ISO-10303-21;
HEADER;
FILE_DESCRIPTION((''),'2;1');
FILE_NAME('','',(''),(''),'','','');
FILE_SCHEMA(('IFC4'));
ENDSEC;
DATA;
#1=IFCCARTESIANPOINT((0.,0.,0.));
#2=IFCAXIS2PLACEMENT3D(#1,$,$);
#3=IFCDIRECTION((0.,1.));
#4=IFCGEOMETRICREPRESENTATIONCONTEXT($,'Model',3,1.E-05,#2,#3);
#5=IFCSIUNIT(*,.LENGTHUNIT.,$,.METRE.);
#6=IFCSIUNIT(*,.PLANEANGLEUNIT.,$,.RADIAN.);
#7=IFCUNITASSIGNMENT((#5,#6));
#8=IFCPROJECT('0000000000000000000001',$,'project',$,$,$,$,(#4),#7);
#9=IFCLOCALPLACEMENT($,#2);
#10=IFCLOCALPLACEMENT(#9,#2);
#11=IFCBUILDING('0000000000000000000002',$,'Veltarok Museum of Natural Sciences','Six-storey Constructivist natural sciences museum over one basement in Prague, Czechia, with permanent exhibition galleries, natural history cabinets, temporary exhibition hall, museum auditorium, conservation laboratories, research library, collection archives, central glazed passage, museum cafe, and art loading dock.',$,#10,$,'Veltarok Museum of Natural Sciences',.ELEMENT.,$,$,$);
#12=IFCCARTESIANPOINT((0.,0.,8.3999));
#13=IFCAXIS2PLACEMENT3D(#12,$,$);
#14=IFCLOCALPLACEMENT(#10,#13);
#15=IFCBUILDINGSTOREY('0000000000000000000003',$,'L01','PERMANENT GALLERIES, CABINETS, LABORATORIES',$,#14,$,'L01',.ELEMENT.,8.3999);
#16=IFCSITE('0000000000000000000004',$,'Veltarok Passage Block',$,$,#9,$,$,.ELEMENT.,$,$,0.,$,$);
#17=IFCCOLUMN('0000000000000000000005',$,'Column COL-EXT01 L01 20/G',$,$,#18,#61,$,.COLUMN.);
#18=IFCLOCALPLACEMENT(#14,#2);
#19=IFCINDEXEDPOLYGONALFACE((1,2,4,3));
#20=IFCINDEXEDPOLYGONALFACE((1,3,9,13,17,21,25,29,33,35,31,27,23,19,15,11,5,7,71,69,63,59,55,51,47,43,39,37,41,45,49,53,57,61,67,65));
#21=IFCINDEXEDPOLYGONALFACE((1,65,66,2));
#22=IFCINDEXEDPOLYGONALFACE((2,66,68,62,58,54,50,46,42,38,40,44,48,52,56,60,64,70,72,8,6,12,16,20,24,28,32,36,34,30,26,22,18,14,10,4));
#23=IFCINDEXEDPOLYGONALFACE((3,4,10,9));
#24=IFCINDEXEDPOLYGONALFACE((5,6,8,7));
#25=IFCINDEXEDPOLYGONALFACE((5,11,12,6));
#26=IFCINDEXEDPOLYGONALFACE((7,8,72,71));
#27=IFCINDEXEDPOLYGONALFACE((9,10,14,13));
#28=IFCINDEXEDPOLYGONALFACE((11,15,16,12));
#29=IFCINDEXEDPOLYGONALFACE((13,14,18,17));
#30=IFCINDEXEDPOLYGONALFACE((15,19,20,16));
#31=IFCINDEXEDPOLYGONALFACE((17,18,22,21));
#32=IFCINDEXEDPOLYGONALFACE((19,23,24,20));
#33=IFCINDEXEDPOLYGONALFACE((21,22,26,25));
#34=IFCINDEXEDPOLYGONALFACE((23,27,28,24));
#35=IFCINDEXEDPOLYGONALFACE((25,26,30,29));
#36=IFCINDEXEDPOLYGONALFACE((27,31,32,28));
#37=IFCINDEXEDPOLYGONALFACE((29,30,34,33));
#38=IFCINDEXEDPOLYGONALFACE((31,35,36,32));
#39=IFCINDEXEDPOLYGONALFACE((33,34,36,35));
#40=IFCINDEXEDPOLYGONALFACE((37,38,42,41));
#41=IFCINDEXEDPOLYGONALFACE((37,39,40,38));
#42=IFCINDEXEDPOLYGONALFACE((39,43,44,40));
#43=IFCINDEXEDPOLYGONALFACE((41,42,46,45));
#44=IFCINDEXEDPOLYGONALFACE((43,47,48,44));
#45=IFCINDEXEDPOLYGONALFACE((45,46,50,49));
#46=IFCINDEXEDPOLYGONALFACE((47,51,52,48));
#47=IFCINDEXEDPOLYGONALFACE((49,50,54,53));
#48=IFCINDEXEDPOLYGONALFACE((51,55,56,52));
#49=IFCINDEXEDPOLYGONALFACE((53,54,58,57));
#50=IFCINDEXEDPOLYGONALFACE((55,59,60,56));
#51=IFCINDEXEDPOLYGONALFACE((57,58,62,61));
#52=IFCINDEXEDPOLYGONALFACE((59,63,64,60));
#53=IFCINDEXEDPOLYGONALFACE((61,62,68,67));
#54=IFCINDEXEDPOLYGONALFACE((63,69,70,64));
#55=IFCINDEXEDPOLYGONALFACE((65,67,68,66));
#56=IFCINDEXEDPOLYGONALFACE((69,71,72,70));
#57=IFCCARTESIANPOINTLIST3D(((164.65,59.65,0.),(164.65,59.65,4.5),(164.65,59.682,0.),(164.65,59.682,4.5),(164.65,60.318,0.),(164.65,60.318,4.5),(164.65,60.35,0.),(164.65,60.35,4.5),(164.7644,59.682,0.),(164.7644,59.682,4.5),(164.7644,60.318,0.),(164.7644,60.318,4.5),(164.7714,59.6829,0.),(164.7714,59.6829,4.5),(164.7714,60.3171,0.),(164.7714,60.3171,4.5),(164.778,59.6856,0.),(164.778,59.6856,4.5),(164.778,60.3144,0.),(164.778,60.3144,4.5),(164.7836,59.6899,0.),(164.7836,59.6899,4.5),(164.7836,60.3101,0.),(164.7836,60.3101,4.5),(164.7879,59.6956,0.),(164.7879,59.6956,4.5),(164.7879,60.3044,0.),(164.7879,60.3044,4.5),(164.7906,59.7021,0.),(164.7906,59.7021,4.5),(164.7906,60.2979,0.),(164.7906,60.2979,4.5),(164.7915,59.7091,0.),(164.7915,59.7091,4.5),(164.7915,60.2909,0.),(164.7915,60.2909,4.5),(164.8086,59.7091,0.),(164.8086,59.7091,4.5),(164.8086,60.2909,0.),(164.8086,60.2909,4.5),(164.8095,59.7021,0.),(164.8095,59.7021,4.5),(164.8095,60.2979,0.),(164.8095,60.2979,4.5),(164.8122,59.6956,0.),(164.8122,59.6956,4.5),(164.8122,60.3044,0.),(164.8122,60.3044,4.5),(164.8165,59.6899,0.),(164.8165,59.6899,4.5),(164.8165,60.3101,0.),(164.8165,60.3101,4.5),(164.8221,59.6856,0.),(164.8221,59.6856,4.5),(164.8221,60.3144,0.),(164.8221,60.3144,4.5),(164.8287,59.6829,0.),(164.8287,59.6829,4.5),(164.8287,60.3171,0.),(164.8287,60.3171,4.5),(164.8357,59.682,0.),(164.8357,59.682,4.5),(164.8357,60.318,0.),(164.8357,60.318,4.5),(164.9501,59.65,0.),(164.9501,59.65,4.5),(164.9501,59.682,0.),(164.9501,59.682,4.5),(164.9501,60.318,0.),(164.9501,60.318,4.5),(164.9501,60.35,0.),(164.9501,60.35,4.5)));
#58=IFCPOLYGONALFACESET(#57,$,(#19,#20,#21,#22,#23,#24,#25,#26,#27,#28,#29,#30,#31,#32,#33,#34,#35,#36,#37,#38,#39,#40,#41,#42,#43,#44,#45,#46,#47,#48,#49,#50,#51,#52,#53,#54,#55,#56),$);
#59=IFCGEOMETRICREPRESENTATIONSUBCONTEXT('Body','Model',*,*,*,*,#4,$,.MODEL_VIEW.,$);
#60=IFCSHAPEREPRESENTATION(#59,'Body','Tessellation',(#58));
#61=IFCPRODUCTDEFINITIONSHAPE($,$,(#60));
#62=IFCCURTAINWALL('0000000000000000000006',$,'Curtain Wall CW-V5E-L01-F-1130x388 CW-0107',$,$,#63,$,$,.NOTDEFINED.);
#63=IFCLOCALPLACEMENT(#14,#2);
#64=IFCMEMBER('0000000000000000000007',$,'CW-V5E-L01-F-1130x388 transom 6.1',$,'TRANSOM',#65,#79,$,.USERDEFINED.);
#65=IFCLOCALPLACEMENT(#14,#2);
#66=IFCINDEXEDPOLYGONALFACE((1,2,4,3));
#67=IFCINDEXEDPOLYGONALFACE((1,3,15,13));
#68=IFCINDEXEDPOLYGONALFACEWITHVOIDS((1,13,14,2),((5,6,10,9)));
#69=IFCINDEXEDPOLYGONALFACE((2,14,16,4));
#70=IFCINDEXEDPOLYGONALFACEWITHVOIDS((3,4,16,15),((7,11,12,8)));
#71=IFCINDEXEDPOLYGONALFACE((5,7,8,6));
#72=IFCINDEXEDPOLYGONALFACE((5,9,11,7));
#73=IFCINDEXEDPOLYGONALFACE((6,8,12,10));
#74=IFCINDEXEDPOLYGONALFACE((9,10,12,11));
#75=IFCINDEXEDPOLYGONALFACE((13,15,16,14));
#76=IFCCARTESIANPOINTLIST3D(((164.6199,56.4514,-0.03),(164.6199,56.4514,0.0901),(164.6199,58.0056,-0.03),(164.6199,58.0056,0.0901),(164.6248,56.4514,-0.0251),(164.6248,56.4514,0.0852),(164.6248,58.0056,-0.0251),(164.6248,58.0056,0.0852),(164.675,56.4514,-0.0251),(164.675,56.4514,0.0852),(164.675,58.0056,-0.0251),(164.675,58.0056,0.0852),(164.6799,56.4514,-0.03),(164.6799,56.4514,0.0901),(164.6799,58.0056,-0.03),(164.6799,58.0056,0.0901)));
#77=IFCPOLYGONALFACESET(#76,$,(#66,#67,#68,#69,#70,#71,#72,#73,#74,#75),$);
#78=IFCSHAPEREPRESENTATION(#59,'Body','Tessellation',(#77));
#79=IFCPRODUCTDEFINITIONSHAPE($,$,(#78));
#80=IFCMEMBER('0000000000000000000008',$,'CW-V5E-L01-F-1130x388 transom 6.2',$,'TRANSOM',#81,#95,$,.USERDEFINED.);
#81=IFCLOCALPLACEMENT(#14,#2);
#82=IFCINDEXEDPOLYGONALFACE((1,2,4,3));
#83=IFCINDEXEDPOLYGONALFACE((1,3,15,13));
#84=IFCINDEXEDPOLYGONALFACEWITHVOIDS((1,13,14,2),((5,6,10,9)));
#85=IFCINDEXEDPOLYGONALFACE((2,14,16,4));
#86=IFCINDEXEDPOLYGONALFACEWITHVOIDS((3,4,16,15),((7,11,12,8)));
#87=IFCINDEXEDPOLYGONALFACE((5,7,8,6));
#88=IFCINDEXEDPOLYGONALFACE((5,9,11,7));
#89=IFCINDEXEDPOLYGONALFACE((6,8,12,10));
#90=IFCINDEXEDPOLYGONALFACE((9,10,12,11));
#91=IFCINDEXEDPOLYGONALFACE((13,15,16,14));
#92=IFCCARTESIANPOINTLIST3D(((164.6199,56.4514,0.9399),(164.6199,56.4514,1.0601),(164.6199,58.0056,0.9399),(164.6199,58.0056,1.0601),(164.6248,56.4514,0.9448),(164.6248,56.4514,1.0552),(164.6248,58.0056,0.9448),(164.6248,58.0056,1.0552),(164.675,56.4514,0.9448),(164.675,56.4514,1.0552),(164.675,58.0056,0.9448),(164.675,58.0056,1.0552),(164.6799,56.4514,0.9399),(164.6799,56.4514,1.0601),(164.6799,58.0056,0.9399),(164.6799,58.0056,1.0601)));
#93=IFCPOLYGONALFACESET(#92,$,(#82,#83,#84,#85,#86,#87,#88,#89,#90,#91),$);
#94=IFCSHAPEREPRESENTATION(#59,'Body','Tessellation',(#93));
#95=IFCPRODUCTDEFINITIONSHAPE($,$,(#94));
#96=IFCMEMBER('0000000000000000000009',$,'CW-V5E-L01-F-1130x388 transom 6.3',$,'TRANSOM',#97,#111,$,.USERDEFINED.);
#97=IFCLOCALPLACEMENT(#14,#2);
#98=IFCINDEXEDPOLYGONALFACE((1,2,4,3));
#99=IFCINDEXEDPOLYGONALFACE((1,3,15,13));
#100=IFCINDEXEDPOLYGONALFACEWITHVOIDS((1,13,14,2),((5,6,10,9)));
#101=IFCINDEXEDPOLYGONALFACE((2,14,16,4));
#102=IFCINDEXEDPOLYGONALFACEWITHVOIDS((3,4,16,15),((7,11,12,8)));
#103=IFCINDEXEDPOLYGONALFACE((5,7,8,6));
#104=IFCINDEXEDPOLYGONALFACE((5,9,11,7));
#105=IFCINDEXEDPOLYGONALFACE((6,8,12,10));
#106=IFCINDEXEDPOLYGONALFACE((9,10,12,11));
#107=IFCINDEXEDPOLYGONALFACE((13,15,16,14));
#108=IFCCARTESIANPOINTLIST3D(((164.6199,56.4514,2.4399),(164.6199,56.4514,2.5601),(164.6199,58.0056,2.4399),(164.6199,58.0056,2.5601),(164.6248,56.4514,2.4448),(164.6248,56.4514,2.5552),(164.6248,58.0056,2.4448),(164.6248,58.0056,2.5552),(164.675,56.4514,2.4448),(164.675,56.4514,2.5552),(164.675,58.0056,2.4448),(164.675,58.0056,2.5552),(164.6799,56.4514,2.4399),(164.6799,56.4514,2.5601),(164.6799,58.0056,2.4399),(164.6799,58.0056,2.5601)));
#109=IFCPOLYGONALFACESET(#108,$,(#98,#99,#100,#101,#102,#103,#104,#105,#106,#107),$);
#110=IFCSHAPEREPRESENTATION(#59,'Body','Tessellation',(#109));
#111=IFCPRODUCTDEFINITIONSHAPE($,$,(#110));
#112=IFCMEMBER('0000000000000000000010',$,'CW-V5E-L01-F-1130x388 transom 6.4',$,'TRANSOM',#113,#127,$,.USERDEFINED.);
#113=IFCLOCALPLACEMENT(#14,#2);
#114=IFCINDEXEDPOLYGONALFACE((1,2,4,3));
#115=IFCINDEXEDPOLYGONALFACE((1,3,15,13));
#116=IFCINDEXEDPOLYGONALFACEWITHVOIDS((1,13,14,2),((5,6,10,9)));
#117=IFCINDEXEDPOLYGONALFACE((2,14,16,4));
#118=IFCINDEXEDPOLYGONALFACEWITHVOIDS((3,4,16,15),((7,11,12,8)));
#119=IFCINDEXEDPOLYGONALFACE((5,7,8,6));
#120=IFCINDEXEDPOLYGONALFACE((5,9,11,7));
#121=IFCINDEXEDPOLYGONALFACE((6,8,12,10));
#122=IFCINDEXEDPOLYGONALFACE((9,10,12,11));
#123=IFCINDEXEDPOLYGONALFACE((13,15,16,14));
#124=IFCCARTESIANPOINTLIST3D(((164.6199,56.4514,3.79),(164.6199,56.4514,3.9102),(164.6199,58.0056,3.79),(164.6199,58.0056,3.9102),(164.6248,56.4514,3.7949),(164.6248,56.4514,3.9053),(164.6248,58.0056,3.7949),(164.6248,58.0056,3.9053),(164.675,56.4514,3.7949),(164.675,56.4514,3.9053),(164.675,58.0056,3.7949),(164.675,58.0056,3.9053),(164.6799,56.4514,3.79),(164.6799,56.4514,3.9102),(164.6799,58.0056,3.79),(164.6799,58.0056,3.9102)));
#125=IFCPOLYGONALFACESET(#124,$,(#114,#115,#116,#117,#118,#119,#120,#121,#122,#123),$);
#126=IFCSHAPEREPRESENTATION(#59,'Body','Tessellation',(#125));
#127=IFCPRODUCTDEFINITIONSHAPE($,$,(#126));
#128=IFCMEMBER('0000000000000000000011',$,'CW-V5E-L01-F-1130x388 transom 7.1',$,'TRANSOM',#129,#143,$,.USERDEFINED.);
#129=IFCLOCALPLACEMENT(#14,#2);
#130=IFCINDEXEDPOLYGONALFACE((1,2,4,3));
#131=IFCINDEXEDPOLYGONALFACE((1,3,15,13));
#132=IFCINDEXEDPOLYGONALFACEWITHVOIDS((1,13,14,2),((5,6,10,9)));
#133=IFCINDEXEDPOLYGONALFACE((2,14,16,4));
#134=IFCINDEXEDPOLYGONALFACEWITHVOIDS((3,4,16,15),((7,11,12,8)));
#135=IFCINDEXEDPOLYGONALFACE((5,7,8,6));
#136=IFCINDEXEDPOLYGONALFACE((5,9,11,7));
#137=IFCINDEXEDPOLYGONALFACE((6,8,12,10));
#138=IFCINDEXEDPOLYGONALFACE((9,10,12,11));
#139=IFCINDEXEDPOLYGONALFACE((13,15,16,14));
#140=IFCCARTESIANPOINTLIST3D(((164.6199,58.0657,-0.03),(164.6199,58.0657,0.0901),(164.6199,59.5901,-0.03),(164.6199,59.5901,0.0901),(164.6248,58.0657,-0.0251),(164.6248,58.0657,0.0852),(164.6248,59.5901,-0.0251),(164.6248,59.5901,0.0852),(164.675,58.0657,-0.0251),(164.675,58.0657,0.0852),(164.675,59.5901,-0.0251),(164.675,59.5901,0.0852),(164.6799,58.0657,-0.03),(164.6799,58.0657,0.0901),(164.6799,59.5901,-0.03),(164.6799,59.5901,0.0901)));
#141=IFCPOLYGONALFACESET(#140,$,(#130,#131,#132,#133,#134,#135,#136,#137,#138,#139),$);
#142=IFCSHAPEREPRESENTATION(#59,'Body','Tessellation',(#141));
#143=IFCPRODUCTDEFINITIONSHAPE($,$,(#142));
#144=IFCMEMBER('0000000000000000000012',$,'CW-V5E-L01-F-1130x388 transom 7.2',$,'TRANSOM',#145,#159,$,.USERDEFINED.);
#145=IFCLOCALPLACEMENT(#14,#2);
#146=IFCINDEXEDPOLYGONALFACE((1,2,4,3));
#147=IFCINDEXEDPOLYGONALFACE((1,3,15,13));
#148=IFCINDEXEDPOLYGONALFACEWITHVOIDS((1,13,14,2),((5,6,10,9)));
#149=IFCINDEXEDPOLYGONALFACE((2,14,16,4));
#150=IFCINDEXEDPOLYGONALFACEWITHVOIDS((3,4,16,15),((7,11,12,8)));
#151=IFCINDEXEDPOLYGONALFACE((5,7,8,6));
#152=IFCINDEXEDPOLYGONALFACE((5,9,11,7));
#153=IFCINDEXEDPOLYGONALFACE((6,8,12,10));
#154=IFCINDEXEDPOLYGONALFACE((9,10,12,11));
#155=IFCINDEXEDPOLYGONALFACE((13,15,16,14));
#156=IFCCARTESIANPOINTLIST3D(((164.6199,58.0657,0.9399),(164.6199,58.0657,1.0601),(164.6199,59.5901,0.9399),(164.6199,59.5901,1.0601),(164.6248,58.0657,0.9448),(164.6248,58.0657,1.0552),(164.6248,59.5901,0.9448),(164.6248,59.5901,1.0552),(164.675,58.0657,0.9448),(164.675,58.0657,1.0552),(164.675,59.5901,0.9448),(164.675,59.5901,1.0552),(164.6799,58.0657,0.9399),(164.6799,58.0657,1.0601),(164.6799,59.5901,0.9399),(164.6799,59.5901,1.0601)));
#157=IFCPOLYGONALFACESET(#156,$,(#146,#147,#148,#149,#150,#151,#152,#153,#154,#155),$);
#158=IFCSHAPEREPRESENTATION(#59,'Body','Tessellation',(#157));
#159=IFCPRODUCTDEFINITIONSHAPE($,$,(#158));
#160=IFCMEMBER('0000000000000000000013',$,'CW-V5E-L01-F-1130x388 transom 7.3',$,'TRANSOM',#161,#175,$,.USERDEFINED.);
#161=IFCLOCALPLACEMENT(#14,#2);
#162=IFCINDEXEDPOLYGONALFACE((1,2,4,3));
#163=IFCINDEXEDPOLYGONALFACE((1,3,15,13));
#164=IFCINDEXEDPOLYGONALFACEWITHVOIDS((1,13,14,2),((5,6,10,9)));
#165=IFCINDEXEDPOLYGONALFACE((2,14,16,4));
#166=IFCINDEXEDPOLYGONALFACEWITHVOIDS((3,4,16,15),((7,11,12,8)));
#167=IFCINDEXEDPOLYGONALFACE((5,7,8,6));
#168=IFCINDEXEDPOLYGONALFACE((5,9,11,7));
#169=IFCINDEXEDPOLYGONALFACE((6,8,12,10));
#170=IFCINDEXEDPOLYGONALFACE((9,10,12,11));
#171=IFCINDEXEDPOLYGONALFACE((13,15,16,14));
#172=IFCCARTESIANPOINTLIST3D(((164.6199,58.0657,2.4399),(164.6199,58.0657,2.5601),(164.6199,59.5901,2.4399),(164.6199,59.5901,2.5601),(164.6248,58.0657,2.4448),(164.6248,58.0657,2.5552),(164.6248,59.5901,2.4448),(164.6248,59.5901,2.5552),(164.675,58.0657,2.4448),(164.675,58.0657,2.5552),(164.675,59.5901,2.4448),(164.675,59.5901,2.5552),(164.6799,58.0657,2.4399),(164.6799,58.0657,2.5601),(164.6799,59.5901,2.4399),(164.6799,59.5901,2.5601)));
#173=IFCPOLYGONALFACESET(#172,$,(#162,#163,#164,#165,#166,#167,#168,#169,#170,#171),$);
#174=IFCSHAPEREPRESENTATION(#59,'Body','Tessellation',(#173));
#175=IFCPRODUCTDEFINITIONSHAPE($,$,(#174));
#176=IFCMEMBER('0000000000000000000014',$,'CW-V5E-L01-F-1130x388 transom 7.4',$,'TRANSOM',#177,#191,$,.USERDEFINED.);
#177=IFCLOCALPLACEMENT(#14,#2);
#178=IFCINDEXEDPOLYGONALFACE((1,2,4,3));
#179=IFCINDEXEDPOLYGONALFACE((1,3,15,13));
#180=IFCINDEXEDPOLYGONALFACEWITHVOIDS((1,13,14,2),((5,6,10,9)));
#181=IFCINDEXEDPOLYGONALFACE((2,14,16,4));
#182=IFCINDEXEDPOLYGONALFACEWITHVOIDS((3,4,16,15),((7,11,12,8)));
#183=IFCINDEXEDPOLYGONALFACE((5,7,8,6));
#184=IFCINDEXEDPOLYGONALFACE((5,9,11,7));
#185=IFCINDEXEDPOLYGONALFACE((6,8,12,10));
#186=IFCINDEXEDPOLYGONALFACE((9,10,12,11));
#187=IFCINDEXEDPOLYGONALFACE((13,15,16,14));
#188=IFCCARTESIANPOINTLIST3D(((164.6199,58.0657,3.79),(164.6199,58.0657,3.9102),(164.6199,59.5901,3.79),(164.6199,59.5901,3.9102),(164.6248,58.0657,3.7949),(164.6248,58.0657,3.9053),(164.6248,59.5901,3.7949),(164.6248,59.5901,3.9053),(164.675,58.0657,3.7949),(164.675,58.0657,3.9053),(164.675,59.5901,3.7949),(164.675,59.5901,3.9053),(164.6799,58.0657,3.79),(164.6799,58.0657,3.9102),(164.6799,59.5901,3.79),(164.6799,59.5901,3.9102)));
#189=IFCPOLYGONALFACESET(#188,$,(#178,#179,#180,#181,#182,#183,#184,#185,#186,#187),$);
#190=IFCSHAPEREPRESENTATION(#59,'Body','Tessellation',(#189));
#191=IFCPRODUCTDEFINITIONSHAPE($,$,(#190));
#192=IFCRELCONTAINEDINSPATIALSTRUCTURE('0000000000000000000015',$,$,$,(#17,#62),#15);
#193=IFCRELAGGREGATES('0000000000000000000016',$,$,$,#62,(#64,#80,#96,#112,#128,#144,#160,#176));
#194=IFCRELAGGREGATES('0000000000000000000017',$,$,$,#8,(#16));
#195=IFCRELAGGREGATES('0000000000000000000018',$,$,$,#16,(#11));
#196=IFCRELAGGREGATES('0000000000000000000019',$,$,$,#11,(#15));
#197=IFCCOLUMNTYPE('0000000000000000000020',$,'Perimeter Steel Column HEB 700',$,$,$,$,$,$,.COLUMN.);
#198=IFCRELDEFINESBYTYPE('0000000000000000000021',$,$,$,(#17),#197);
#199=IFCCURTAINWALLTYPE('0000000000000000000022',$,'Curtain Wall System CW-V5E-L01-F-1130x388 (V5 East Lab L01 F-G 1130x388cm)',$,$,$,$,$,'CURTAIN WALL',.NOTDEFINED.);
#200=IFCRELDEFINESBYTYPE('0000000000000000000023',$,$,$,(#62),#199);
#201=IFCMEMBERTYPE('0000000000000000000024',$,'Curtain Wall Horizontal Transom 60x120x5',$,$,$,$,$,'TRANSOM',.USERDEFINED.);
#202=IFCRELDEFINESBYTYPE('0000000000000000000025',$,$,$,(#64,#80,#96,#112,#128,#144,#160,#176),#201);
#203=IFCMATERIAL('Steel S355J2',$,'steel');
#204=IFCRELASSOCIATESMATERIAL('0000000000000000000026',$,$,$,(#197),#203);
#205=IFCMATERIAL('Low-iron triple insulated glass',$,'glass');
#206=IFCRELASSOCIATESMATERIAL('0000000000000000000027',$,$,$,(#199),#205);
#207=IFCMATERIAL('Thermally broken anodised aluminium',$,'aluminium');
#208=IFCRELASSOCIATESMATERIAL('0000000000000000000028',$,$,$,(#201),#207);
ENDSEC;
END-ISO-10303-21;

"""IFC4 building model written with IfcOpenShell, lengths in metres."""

from ifc_helpers import new_model, si_unit, direction, frame, origin, origin_2d, place, context, subcontext, project, spatial, hollow_rectangle, i_section, extrude, material, material_profile, profile_set, type_object, element, aggregate, save


model = new_model("IFC4")

# Units and contexts
model_context = context("Model", 3, precision=1e-05, world=origin(), true_north=direction((0.0, 1.0)))
body_context = subcontext(model_context, "Body", "Model", "MODEL_VIEW")
ifc_project = project(units=[si_unit("LENGTHUNIT", "METRE"), si_unit("PLANEANGLEUNIT", "RADIAN")], contexts=[model_context])

# Site, building, storey
site_placement = place(None, origin())
site = spatial("IfcSite", under=ifc_project, at=site_placement, Name="Veltarok Passage Block", CompositionType="ELEMENT", RefElevation=0.0)
building_placement = place(site_placement, origin())
building = spatial("IfcBuilding", under=site, at=building_placement, Name="Veltarok Museum of Natural Sciences", Description="Six-storey Constructivist natural sciences museum over one basement in Prague, Czechia, with permanent exhibition galleries, natural history cabinets, temporary exhibition hall, museum auditorium, conservation laboratories, research library, collection archives, central glazed passage, museum cafe, and art loading dock.", LongName="Veltarok Museum of Natural Sciences", CompositionType="ELEMENT")
storey_placement = place(building_placement, frame((0.0, 0.0, 8.3999)))
storey = spatial("IfcBuildingStorey", under=building, at=storey_placement, Name="L01", Description="PERMANENT GALLERIES, CABINETS, LABORATORIES", LongName="L01", CompositionType="ELEMENT", Elevation=8.3999)

# Column
ifc_material_1 = material(Name="Steel S355J2", Category="steel")
ifc_material_profile_1 = material_profile(ifc_material_1, i_section(OverallWidth=0.3, OverallDepth=0.7, WebThickness=0.0171, FlangeThickness=0.032, FilletRadius=0.0271, at=origin_2d()), Name="HEB 700")
ifc_profile_set_1 = profile_set([ifc_material_profile_1], Name="Steel S355J2")
column_type = type_object("IfcColumnType", Name="Perimeter Steel Column HEB 700", PredefinedType="COLUMN", material=ifc_profile_set_1)
column_placement = place(storey_placement, frame((164.8, 60.0, 0.0), z_axis=(0.0, 0.0, 1.0), x_axis=(1.0, 0.0, 0.0)))
element("IfcColumn", 1, at=column_placement, inside=storey, type_object=column_type, Name="Column COL-EXT01 L01 20/G", PredefinedType="COLUMN", context=body_context, shape_type="SweptSolid", body=[
    extrude(i_section(OverallWidth=0.3, OverallDepth=0.7, WebThickness=0.0171, FlangeThickness=0.032, FilletRadius=0.0271, at=origin_2d()), origin(), (0.0, 0.0, 1.0), 4.5),
])

# Curtain wall, members
ifc_material_2 = material(Name="Low-iron triple insulated glass", Category="glass")
curtain_wall_type_1 = type_object("IfcCurtainWallType", Name="Curtain Wall System CW-V5E-L01-F-1130x388 (V5 East Lab L01 F-G 1130x388cm)", ElementType="CURTAIN WALL", PredefinedType="NOTDEFINED", material=ifc_material_2)
curtain_wall_1_placement = place(storey_placement, origin())
curtain_wall_1 = element("IfcCurtainWall", 2, at=curtain_wall_1_placement, inside=storey, type_object=curtain_wall_type_1, Name="Curtain Wall CW-V5E-L01-F-1130x388 CW-0107", PredefinedType="NOTDEFINED")
ifc_material_3 = material(Name="Thermally broken anodised aluminium", Category="aluminium")
ifc_material_profile_2 = material_profile(ifc_material_3, hollow_rectangle(XDim=0.0601, YDim=0.1201, WallThickness=0.0049, at=origin_2d()), Name="CW TRANSOM 60x120x5")
ifc_profile_set_2 = profile_set([ifc_material_profile_2], Name="Thermally broken anodised aluminium")
member_type_1 = type_object("IfcMemberType", Name="Curtain Wall Horizontal Transom 60x120x5", ElementType="TRANSOM", PredefinedType="USERDEFINED", material=ifc_profile_set_2)
member_1_placement = place(storey_placement, frame((164.6499, 56.4514, 0.03), z_axis=(0.0, 1.0, 0.0), x_axis=(-1.0, 0.0, 0.0)))
member_1 = element("IfcMember", 3, at=member_1_placement, type_object=member_type_1, Name="CW-V5E-L01-F-1130x388 transom 6.1", ObjectType="TRANSOM", PredefinedType="USERDEFINED", context=body_context, shape_type="SweptSolid", body=[
    extrude(hollow_rectangle(XDim=0.0601, YDim=0.1201, WallThickness=0.0049, at=origin_2d()), origin(), (0.0, 0.0, 1.0), 1.5542),
])
member_2_placement = place(storey_placement, frame((164.6499, 56.4514, 1.0), z_axis=(0.0, 1.0, 0.0), x_axis=(-1.0, 0.0, 0.0)))
member_2 = element("IfcMember", 4, at=member_2_placement, type_object=member_type_1, Name="CW-V5E-L01-F-1130x388 transom 6.2", ObjectType="TRANSOM", PredefinedType="USERDEFINED", context=body_context, shape_type="SweptSolid", body=[
    extrude(hollow_rectangle(XDim=0.0601, YDim=0.1201, WallThickness=0.0049, at=origin_2d()), origin(), (0.0, 0.0, 1.0), 1.5542),
])
member_3_placement = place(storey_placement, frame((164.6499, 56.4514, 2.5), z_axis=(0.0, 1.0, 0.0), x_axis=(-1.0, 0.0, 0.0)))
member_3 = element("IfcMember", 5, at=member_3_placement, type_object=member_type_1, Name="CW-V5E-L01-F-1130x388 transom 6.3", ObjectType="TRANSOM", PredefinedType="USERDEFINED", context=body_context, shape_type="SweptSolid", body=[
    extrude(hollow_rectangle(XDim=0.0601, YDim=0.1201, WallThickness=0.0049, at=origin_2d()), origin(), (0.0, 0.0, 1.0), 1.5542),
])
member_4_placement = place(storey_placement, frame((164.6499, 56.4514, 3.8501), z_axis=(0.0, 1.0, 0.0), x_axis=(-1.0, 0.0, 0.0)))
member_4 = element("IfcMember", 6, at=member_4_placement, type_object=member_type_1, Name="CW-V5E-L01-F-1130x388 transom 6.4", ObjectType="TRANSOM", PredefinedType="USERDEFINED", context=body_context, shape_type="SweptSolid", body=[
    extrude(hollow_rectangle(XDim=0.0601, YDim=0.1201, WallThickness=0.0049, at=origin_2d()), origin(), (0.0, 0.0, 1.0), 1.5542),
])
member_5_placement = place(storey_placement, frame((164.6499, 58.0657, 0.03), z_axis=(0.0, 1.0, 0.0), x_axis=(-1.0, 0.0, 0.0)))
member_5 = element("IfcMember", 7, at=member_5_placement, type_object=member_type_1, Name="CW-V5E-L01-F-1130x388 transom 7.1", ObjectType="TRANSOM", PredefinedType="USERDEFINED", context=body_context, shape_type="SweptSolid", body=[
    extrude(hollow_rectangle(XDim=0.0601, YDim=0.1201, WallThickness=0.0049, at=origin_2d()), origin(), (0.0, 0.0, 1.0), 1.5244),
])
member_6_placement = place(storey_placement, frame((164.6499, 58.0657, 1.0), z_axis=(0.0, 1.0, 0.0), x_axis=(-1.0, 0.0, 0.0)))
member_6 = element("IfcMember", 8, at=member_6_placement, type_object=member_type_1, Name="CW-V5E-L01-F-1130x388 transom 7.2", ObjectType="TRANSOM", PredefinedType="USERDEFINED", context=body_context, shape_type="SweptSolid", body=[
    extrude(hollow_rectangle(XDim=0.0601, YDim=0.1201, WallThickness=0.0049, at=origin_2d()), origin(), (0.0, 0.0, 1.0), 1.5244),
])
member_7_placement = place(storey_placement, frame((164.6499, 58.0657, 2.5), z_axis=(0.0, 1.0, 0.0), x_axis=(-1.0, 0.0, 0.0)))
member_7 = element("IfcMember", 9, at=member_7_placement, type_object=member_type_1, Name="CW-V5E-L01-F-1130x388 transom 7.3", ObjectType="TRANSOM", PredefinedType="USERDEFINED", context=body_context, shape_type="SweptSolid", body=[
    extrude(hollow_rectangle(XDim=0.0601, YDim=0.1201, WallThickness=0.0049, at=origin_2d()), origin(), (0.0, 0.0, 1.0), 1.5244),
])
member_8_placement = place(storey_placement, frame((164.6499, 58.0657, 3.8501), z_axis=(0.0, 1.0, 0.0), x_axis=(-1.0, 0.0, 0.0)))
member_8 = element("IfcMember", 10, at=member_8_placement, type_object=member_type_1, Name="CW-V5E-L01-F-1130x388 transom 7.4", ObjectType="TRANSOM", PredefinedType="USERDEFINED", context=body_context, shape_type="SweptSolid", body=[
    extrude(hollow_rectangle(XDim=0.0601, YDim=0.1201, WallThickness=0.0049, at=origin_2d()), origin(), (0.0, 0.0, 1.0), 1.5244),
])

aggregate(curtain_wall_1, [member_1, member_2, member_3, member_4, member_5, member_6, member_7, member_8])

save(model, "model.ifc")
